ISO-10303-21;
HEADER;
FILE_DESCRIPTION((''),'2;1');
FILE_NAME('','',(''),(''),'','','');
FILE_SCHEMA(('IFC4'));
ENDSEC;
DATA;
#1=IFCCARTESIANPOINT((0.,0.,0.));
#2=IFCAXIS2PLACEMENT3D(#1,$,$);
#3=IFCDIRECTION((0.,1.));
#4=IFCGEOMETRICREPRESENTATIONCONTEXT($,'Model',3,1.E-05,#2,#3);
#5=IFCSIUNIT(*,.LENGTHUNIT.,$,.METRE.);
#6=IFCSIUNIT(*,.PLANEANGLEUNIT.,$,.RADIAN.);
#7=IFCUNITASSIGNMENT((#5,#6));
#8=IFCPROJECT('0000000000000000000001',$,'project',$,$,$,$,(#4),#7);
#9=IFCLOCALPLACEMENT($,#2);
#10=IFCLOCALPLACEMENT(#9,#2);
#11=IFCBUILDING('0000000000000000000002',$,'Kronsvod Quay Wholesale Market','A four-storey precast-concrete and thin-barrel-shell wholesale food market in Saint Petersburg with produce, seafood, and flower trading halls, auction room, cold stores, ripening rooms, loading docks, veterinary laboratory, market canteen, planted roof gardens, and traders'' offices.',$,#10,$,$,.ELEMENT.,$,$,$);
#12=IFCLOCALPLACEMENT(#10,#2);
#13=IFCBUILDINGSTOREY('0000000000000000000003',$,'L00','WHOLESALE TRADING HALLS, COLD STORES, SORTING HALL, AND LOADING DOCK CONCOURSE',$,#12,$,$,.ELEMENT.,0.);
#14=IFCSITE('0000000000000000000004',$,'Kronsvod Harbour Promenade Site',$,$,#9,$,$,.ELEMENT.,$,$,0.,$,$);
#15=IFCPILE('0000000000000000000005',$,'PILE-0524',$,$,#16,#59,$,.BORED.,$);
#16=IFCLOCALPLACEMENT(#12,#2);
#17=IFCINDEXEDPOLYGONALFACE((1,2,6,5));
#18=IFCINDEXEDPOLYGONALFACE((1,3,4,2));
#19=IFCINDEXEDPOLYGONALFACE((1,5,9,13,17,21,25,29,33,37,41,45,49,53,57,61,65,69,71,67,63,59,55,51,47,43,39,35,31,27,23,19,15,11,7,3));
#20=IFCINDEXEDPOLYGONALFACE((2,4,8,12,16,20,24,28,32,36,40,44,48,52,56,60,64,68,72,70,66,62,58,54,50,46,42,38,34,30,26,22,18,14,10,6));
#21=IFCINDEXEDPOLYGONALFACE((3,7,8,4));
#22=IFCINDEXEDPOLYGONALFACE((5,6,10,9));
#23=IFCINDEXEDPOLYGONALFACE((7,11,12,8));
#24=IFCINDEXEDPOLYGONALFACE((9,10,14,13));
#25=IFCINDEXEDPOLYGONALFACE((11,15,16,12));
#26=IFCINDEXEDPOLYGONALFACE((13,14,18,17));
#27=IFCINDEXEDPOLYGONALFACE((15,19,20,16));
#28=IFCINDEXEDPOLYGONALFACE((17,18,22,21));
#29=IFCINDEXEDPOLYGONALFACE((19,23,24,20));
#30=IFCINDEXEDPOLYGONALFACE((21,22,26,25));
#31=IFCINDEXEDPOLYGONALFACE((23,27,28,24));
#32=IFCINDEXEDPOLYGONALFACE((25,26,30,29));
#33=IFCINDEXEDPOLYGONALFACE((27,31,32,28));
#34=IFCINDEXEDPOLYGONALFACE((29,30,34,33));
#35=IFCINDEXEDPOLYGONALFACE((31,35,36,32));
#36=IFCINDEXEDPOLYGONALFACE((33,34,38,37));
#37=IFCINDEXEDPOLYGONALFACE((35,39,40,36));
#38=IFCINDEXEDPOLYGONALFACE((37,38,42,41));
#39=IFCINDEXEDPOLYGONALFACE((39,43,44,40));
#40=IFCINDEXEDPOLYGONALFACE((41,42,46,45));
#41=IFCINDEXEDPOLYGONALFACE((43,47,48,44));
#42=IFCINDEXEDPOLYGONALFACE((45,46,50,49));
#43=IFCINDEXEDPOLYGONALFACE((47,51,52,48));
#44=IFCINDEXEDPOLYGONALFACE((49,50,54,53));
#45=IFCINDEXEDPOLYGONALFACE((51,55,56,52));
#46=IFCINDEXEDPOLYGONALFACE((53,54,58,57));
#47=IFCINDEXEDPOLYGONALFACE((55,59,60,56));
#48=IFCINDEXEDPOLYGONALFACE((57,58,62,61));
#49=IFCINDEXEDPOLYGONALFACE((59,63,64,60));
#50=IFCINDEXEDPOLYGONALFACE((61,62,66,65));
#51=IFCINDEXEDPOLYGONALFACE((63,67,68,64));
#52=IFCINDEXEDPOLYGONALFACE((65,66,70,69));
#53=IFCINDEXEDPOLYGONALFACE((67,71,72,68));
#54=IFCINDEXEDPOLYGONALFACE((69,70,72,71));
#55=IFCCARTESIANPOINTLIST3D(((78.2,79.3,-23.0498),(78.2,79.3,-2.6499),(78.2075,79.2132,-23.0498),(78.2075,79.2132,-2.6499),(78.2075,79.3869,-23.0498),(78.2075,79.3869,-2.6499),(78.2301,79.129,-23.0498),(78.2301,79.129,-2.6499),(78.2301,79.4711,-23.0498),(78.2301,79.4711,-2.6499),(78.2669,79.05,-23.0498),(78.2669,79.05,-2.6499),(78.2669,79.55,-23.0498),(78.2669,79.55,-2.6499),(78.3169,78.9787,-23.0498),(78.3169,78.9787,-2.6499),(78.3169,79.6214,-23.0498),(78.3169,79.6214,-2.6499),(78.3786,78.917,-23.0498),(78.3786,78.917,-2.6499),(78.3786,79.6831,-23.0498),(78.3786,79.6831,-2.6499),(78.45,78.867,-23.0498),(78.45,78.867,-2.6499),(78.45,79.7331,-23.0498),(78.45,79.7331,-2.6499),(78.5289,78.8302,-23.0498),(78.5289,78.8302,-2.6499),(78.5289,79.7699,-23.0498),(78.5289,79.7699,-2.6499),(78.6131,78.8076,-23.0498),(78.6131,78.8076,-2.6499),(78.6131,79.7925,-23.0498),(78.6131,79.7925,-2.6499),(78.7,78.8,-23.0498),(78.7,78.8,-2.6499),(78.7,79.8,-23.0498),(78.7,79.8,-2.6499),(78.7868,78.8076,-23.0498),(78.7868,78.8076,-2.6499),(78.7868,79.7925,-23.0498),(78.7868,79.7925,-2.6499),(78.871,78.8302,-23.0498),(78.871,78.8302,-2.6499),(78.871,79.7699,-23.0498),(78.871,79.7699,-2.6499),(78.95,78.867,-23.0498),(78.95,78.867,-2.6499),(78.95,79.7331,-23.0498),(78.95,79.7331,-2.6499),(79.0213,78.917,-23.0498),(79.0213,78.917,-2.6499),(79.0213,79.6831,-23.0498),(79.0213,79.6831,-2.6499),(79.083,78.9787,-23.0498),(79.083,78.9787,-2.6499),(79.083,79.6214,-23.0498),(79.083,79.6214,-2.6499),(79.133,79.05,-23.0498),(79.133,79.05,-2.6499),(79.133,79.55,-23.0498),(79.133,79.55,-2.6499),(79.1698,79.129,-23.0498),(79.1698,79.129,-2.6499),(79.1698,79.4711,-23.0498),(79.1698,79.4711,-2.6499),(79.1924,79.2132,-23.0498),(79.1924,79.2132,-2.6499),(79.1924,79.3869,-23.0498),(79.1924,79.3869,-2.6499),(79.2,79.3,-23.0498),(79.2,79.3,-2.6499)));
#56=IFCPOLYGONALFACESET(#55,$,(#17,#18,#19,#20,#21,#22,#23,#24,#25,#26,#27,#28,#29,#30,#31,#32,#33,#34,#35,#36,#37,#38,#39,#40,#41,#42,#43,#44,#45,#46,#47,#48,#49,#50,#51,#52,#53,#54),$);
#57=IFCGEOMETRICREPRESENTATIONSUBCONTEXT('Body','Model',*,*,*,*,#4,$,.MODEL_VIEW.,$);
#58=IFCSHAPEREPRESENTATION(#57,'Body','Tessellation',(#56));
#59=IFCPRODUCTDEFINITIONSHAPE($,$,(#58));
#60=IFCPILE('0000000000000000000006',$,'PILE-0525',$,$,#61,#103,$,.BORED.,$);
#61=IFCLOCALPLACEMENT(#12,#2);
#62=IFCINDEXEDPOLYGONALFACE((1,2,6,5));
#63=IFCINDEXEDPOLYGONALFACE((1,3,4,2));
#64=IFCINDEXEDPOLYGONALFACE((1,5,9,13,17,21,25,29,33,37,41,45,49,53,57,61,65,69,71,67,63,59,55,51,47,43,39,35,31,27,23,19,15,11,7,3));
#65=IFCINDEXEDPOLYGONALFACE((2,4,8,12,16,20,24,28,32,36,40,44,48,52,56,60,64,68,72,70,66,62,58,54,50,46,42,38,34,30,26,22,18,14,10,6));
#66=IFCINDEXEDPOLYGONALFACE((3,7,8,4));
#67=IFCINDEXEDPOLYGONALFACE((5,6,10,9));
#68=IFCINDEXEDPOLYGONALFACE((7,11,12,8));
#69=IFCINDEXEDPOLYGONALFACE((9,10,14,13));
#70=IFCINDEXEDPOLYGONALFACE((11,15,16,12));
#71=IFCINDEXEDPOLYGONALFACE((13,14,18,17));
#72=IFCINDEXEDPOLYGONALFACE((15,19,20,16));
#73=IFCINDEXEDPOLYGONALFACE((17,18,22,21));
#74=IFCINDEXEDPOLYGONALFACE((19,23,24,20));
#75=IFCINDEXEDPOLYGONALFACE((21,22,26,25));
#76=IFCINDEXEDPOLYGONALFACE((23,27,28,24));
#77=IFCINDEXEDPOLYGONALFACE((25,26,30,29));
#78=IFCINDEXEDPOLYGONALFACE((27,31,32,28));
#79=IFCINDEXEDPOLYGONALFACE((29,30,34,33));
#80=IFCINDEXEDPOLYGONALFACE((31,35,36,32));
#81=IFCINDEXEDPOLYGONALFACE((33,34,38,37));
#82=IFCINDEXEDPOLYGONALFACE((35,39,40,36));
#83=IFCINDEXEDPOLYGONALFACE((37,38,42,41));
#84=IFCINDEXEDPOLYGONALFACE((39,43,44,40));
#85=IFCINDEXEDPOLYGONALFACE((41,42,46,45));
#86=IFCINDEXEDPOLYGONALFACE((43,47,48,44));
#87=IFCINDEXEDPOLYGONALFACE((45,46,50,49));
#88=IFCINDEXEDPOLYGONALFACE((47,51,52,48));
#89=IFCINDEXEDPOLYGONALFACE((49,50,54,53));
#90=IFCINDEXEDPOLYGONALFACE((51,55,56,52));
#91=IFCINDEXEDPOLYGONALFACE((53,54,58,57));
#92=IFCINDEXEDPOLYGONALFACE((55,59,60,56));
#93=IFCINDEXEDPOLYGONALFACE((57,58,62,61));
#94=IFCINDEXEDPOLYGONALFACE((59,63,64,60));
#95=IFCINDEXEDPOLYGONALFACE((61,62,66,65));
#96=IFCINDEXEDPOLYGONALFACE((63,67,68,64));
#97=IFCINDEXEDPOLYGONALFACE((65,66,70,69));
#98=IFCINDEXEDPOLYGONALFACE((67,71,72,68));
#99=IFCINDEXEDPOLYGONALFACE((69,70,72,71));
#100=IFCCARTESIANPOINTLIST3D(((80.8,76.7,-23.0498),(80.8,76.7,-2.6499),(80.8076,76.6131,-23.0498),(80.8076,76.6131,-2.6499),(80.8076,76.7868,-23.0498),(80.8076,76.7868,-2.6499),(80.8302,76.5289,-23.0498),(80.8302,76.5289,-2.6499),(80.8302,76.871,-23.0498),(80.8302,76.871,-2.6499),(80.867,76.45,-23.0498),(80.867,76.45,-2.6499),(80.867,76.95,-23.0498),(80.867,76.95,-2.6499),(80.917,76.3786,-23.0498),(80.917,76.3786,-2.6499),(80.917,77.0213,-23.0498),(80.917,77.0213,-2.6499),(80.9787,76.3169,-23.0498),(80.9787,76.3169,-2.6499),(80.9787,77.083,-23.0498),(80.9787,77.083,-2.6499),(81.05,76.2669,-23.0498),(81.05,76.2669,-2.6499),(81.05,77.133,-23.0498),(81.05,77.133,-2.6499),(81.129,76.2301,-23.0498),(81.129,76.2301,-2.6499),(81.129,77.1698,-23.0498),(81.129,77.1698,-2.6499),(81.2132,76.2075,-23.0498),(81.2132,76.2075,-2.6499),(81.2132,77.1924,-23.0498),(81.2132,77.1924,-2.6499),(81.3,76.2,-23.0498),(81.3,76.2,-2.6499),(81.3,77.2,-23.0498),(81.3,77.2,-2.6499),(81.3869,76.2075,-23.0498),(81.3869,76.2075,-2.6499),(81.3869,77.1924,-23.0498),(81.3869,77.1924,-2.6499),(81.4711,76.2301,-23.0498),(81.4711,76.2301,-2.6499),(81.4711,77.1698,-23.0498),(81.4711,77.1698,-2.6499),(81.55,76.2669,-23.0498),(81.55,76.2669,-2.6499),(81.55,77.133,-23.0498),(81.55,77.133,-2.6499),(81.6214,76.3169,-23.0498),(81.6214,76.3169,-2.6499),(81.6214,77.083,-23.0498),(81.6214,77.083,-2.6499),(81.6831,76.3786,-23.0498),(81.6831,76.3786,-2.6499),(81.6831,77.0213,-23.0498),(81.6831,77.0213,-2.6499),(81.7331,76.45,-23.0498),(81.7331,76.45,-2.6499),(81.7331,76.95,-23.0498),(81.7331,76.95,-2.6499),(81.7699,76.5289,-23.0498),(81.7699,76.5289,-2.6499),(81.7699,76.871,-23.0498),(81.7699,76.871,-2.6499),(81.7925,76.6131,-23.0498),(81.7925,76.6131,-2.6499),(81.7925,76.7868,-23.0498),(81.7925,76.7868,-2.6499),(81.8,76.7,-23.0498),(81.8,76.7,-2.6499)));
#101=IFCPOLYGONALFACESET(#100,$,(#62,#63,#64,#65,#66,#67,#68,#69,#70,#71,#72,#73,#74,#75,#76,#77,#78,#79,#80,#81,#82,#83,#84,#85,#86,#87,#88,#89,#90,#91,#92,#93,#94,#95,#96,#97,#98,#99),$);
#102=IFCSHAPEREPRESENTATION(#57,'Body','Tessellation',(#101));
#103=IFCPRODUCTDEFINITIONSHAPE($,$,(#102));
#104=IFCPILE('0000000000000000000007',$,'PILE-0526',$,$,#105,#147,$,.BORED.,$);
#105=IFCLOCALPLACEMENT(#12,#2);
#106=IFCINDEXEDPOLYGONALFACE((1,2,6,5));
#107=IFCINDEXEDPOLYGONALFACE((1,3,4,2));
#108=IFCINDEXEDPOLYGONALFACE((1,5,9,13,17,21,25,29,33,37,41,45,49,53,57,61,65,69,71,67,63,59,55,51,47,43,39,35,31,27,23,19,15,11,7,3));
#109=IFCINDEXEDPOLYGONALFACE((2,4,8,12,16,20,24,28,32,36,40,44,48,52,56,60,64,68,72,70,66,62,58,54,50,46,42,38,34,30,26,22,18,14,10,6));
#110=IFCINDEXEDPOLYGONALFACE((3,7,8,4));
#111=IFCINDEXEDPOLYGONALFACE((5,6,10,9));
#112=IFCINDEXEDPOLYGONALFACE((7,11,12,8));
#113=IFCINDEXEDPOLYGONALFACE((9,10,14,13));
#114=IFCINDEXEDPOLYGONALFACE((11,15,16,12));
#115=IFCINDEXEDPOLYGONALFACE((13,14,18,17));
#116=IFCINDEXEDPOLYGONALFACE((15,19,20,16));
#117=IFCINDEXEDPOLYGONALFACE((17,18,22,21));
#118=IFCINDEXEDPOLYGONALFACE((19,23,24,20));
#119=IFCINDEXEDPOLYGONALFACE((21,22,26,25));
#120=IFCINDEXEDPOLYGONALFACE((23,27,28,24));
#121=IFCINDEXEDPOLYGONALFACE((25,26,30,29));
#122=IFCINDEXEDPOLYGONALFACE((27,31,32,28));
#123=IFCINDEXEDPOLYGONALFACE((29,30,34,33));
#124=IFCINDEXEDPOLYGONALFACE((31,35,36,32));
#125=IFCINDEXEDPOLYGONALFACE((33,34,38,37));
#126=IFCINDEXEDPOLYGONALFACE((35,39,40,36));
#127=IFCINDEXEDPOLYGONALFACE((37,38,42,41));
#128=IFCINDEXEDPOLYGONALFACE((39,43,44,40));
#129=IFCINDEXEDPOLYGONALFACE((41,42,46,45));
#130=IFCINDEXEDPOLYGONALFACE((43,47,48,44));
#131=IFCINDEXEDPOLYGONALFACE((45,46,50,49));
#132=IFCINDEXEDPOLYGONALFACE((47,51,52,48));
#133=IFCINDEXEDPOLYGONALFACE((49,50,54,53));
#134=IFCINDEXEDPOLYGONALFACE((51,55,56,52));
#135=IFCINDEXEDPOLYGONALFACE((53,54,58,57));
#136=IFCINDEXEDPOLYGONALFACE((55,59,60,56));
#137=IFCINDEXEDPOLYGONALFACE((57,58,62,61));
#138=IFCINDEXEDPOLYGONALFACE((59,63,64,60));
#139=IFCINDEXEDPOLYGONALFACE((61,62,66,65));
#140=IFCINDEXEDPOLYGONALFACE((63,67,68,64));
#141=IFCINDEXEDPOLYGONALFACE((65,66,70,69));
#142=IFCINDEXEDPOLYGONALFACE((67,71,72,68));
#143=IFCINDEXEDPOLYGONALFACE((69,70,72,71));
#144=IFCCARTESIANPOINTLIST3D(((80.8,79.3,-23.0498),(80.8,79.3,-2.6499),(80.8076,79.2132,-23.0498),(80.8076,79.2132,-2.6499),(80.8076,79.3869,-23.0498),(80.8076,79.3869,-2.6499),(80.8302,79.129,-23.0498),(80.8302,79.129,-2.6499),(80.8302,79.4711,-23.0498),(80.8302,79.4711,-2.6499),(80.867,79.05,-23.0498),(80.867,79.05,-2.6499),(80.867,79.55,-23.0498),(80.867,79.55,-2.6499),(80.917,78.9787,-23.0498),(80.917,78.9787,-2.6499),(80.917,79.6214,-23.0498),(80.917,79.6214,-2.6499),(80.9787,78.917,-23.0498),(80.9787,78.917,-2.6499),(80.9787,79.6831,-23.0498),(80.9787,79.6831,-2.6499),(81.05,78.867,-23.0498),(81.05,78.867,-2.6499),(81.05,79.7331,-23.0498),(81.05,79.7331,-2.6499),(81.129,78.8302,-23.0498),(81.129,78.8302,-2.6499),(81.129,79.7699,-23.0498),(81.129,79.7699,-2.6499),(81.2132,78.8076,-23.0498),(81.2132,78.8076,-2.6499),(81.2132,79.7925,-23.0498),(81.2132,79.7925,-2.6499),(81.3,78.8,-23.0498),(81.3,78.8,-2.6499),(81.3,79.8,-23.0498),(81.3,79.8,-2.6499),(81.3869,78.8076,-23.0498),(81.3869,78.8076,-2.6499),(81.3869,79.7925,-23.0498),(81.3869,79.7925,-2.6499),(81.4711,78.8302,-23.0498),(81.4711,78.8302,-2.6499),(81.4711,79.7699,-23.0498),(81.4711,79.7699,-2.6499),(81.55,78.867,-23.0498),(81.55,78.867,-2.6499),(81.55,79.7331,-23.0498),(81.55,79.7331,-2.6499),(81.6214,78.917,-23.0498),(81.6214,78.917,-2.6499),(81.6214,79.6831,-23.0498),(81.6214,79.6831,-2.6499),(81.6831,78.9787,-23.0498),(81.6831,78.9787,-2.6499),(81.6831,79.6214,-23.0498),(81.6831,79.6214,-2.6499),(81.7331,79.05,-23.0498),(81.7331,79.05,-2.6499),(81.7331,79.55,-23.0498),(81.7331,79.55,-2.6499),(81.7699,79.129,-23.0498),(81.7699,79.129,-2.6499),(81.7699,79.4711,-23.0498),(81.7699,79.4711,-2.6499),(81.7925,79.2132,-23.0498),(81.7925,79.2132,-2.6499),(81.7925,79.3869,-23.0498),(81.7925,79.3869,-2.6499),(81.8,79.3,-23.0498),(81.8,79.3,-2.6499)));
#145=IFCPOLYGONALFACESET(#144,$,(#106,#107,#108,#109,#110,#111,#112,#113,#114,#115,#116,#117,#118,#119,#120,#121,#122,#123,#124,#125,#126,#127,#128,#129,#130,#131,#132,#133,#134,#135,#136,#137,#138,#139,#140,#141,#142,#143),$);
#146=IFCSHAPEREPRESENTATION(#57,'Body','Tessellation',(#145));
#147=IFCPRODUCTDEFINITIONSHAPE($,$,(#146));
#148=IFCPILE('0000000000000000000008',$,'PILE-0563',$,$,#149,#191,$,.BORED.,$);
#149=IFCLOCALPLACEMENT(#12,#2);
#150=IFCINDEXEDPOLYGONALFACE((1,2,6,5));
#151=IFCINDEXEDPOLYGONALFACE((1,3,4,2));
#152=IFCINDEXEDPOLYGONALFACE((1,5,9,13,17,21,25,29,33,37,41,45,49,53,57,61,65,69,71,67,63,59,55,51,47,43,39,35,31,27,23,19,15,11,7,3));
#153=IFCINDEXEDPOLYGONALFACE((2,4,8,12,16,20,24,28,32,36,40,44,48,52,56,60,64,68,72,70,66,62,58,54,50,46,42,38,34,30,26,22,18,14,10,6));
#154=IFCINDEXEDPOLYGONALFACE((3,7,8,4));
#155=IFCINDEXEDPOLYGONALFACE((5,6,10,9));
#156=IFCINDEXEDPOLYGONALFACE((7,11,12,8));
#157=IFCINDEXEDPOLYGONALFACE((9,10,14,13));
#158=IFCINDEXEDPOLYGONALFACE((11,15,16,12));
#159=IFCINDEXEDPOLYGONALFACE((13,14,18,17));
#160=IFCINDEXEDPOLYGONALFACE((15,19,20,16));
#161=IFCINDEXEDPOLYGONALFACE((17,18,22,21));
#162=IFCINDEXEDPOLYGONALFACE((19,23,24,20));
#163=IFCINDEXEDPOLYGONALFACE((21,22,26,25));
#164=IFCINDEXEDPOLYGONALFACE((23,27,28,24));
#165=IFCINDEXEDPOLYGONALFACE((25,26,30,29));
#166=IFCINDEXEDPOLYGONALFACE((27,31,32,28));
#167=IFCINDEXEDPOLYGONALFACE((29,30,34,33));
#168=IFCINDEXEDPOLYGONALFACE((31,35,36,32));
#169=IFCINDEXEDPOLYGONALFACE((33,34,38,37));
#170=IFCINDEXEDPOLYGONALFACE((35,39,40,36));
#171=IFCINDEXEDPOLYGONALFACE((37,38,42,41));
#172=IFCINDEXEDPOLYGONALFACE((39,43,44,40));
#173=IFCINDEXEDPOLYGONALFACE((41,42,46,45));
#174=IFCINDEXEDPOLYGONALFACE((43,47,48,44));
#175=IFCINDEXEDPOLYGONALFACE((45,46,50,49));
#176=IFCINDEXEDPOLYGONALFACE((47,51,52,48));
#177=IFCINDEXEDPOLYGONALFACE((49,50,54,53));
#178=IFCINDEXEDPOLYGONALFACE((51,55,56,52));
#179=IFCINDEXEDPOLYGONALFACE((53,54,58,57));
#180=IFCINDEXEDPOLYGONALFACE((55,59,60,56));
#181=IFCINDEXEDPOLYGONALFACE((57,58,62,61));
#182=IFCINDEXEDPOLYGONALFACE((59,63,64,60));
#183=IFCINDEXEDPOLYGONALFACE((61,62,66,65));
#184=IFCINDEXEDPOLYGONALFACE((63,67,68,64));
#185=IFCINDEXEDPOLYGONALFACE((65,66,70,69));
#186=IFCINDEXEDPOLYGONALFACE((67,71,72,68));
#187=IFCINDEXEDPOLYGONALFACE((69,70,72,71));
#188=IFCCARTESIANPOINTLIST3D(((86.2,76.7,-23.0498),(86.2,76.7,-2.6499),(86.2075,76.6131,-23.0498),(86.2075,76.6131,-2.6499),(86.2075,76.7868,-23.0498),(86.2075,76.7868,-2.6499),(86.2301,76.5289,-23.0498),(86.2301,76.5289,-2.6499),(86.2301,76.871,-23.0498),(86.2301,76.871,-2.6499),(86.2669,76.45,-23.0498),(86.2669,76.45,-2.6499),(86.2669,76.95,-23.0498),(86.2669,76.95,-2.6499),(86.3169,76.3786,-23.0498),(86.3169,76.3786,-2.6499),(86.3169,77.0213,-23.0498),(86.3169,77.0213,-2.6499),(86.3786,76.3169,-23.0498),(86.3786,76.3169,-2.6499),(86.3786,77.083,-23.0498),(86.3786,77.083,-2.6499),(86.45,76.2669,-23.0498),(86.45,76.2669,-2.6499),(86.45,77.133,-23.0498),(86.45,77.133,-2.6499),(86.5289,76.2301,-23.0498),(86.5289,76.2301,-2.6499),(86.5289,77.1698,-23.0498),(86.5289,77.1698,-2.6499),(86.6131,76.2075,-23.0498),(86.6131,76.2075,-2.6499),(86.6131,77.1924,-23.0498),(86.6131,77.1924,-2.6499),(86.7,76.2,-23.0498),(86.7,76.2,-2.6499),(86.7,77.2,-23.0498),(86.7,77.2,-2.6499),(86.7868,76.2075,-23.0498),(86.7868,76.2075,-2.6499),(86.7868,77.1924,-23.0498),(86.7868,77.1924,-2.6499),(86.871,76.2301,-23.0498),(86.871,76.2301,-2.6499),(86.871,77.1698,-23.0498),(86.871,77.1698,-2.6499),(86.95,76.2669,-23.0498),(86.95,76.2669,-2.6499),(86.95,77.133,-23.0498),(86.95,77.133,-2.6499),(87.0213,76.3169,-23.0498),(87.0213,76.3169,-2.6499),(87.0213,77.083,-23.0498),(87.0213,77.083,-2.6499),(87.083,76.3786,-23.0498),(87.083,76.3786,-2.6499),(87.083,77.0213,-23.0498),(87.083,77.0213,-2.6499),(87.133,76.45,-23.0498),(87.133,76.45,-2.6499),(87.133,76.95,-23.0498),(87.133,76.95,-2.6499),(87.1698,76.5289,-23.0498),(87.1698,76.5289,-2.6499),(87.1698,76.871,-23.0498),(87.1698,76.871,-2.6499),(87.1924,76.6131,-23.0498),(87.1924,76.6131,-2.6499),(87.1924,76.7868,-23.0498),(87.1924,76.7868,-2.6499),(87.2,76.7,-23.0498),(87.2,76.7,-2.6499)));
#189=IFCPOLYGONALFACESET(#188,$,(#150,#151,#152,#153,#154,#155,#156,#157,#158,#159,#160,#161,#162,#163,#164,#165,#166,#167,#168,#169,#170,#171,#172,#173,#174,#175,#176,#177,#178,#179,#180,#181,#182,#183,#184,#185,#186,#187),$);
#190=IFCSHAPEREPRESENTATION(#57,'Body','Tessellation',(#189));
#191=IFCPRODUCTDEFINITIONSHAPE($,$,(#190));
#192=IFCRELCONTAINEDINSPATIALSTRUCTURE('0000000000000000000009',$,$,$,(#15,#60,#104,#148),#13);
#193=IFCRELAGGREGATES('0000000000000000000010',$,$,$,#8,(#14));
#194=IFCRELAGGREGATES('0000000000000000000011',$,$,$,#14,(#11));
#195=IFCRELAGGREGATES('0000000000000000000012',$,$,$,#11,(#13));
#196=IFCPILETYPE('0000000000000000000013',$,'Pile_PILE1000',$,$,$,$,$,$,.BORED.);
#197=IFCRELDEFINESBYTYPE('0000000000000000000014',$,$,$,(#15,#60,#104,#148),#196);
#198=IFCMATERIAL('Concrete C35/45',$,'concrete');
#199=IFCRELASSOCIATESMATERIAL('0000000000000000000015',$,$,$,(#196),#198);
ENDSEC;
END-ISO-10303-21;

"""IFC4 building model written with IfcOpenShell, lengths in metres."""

from ifc_helpers import new_model, si_unit, direction, frame, origin, origin_2d, place, context, subcontext, project, spatial, circle, extrude, material, material_profile, profile_set, type_object, element, save


model = new_model("IFC4")

# Units and contexts
model_context = context("Model", 3, precision=1e-05, world=origin(), true_north=direction((0.0, 1.0)))
body_context = subcontext(model_context, "Body", "Model", "MODEL_VIEW")
ifc_project = project(units=[si_unit("LENGTHUNIT", "METRE"), si_unit("PLANEANGLEUNIT", "RADIAN")], contexts=[model_context])

# Site, building, storey
site_placement = place(None, origin())
site = spatial("IfcSite", under=ifc_project, at=site_placement, Name="Kronsvod Harbour Promenade Site", CompositionType="ELEMENT", RefElevation=0.0)
building_placement = place(site_placement, origin())
building = spatial("IfcBuilding", under=site, at=building_placement, Name="Kronsvod Quay Wholesale Market", Description="A four-storey precast-concrete and thin-barrel-shell wholesale food market in Saint Petersburg with produce, seafood, and flower trading halls, auction room, cold stores, ripening rooms, loading docks, veterinary laboratory, market canteen, planted roof gardens, and traders' offices.", CompositionType="ELEMENT")
storey_placement = place(building_placement, origin())
storey = spatial("IfcBuildingStorey", under=building, at=storey_placement, Name="L00", Description="WHOLESALE TRADING HALLS, COLD STORES, SORTING HALL, AND LOADING DOCK CONCOURSE", CompositionType="ELEMENT", Elevation=0.0)

# Piles
ifc_material_1 = material(Name="Concrete C35/45", Category="concrete")
ifc_material_profile_1 = material_profile(ifc_material_1, circle(Radius=0.5, at=origin_2d()), Name="PILE1000")
ifc_profile_set_1 = profile_set([ifc_material_profile_1], Name="Concrete C35/45")
pile_type_1 = type_object("IfcPileType", Name="Pile_PILE1000", PredefinedType="BORED", material=ifc_profile_set_1)
for number, where, z_axis, x_axis, name in (
    (1, (78.7, 79.3, -2.6499), (0.0, 0.0, -1.0), (1.0, 0.0, 0.0), "PILE-0524"),
    (2, (81.3, 76.7, -2.6499), (0.0, 0.0, -1.0), (1.0, 0.0, 0.0), "PILE-0525"),
    (3, (81.3, 79.3, -2.6499), (0.0, 0.0, -1.0), (1.0, 0.0, 0.0), "PILE-0526"),
    (4, (86.7, 76.7, -2.6499), (0.0, 0.0, -1.0), (1.0, 0.0, 0.0), "PILE-0563"),
):
    element("IfcPile", number, at=place(storey_placement, frame(where, z_axis=z_axis, x_axis=x_axis)), inside=storey, type_object=pile_type_1, Name=name, PredefinedType="BORED", context=body_context, shape_type="SweptSolid", body=[
        extrude(circle(Radius=0.5, at=origin_2d()), origin(), (0.0, 0.0, 1.0), 20.3999),
    ])

save(model, "model.ifc")
